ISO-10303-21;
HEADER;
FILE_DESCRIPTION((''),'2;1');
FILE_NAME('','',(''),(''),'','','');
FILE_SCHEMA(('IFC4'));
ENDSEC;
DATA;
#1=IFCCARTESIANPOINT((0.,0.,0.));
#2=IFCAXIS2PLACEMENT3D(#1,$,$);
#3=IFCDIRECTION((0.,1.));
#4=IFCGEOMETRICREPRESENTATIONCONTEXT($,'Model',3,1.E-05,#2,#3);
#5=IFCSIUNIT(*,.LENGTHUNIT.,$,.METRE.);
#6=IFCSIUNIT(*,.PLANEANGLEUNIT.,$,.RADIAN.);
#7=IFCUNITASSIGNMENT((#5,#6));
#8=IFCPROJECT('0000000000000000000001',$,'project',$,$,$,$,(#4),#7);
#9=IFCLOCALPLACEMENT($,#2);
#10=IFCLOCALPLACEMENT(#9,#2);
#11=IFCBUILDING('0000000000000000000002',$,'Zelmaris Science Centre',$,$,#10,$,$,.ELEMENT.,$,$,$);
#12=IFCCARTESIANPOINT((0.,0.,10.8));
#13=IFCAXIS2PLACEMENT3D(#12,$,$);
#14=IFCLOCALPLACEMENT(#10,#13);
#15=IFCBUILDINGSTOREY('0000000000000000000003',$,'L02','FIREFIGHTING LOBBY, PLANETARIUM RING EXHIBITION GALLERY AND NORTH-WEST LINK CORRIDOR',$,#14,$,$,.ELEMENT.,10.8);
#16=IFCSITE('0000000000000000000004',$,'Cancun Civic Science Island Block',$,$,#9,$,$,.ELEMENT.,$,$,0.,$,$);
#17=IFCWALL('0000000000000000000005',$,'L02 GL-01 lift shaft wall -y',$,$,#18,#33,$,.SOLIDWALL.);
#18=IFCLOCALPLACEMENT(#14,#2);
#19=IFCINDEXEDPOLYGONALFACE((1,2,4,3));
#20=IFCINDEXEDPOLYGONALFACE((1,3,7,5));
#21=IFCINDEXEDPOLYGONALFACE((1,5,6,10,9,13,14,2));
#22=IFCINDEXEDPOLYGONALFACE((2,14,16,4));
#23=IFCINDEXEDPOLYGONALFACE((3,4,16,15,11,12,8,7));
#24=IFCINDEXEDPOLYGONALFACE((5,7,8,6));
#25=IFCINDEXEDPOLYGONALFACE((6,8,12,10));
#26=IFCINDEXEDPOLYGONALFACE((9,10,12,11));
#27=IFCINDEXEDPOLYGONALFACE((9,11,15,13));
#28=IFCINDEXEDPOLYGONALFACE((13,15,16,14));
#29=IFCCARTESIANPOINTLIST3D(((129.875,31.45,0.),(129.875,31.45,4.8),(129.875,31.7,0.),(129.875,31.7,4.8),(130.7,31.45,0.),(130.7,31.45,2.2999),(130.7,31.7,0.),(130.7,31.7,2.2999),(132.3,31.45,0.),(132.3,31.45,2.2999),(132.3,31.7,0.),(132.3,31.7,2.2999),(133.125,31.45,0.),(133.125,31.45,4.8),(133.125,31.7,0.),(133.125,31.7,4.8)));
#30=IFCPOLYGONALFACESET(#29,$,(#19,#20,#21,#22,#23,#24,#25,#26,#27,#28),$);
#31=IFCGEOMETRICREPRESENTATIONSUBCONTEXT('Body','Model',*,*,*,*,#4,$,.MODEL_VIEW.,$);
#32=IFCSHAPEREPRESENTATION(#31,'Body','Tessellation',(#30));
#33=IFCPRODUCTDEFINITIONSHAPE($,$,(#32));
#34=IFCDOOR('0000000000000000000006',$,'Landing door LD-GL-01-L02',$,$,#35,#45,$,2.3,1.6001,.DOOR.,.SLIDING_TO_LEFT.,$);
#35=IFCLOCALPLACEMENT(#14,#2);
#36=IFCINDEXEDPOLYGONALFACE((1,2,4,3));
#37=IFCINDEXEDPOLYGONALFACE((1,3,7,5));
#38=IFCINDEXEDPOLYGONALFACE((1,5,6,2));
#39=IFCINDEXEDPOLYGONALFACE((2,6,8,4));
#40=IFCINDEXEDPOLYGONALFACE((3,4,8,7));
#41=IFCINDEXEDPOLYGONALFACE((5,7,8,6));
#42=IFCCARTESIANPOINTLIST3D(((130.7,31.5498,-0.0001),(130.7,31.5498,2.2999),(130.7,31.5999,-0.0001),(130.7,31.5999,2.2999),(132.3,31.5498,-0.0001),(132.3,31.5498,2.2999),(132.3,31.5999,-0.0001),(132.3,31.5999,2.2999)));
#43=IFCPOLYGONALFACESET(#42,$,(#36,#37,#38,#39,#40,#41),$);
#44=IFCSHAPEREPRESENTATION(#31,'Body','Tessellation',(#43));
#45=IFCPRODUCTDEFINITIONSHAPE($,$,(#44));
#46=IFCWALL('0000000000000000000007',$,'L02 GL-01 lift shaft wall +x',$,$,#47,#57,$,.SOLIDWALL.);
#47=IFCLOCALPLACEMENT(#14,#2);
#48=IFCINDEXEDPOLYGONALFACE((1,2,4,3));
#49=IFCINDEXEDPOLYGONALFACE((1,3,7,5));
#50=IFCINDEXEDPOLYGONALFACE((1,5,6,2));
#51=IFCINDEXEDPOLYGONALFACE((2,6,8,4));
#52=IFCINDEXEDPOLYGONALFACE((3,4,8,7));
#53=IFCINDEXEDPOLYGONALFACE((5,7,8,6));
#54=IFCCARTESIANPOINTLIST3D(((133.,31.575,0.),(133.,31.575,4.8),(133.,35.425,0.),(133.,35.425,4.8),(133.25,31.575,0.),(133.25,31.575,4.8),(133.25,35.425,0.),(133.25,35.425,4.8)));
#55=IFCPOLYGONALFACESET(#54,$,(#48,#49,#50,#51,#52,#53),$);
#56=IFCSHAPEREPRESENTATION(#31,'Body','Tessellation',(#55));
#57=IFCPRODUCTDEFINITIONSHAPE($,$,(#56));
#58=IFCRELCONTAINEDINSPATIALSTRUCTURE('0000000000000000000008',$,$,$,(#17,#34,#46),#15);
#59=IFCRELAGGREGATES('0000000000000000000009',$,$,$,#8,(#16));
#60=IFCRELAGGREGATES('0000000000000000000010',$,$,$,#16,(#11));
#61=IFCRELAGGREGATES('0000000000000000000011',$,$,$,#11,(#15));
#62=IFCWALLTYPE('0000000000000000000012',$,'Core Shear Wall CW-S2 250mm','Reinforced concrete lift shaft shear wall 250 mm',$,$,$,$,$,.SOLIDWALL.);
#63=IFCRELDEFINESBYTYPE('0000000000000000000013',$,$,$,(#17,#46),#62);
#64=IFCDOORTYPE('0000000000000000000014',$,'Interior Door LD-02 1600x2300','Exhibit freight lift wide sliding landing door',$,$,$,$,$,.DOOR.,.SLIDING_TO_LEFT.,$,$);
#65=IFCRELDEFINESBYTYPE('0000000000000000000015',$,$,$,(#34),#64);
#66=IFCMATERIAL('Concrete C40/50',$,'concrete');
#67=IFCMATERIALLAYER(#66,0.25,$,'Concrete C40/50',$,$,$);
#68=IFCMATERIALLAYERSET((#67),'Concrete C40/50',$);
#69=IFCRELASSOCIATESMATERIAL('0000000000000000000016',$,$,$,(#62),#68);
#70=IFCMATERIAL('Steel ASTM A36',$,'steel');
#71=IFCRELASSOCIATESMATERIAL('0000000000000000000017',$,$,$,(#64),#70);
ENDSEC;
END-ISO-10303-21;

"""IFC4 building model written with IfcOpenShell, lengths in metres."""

from ifc_helpers import new_model, si_unit, direction, frame, frame_2d, origin, place, context, subcontext, project, spatial, rectangle, extrude, material, layer, layer_set, type_object, element, fill, save


model = new_model("IFC4")

# Units and contexts
model_context = context("Model", 3, precision=1e-05, world=origin(), true_north=direction((0.0, 1.0)))
body_context = subcontext(model_context, "Body", "Model", "MODEL_VIEW")
ifc_project = project(units=[si_unit("LENGTHUNIT", "METRE"), si_unit("PLANEANGLEUNIT", "RADIAN")], contexts=[model_context])

# Site, building, storey
site_placement = place(None, origin())
site = spatial("IfcSite", under=ifc_project, at=site_placement, Name="Cancun Civic Science Island Block", CompositionType="ELEMENT", RefElevation=0.0)
building_placement = place(site_placement, origin())
building = spatial("IfcBuilding", under=site, at=building_placement, Name="Zelmaris Science Centre", CompositionType="ELEMENT")
storey_placement = place(building_placement, frame((0.0, 0.0, 10.8)))
storey = spatial("IfcBuildingStorey", under=building, at=storey_placement, Name="L02", Description="FIREFIGHTING LOBBY, PLANETARIUM RING EXHIBITION GALLERY AND NORTH-WEST LINK CORRIDOR", CompositionType="ELEMENT", Elevation=10.8)

# Shared definitions
ifc_material_1 = material(Name="Concrete C40/50", Category="concrete")
ifc_layer = layer(ifc_material_1, 0.25, Name="Concrete C40/50")
ifc_layer_set = layer_set([ifc_layer], Name="Concrete C40/50")
wall_type = type_object("IfcWallType", Name="Core Shear Wall CW-S2 250mm", Description="Reinforced concrete lift shaft shear wall 250 mm", PredefinedType="SOLIDWALL", material=ifc_layer_set)

# Shared definitions
ifc_material_2 = material(Name="Steel ASTM A36", Category="steel")

# Wall, opening, door
wall_1_placement = place(storey_placement, frame((129.875, 31.575, 0.0), z_axis=(0.0, 0.0, 1.0), x_axis=(1.0, 0.0, 0.0)))
wall_1 = element("IfcWall", 1, at=wall_1_placement, inside=storey, type_object=wall_type, Name="L02 GL-01 lift shaft wall -y", PredefinedType="SOLIDWALL", context=body_context, shape_type="SweptSolid", body=[
    extrude(rectangle(XDim=3.25, YDim=0.25, at=frame_2d((1.625, 0.0))), origin(), (0.0, 0.0, 1.0), 4.8),
])
opening_1_placement = place(wall_1_placement, frame((0.825, 0.0, 0.0)))
opening_1 = element("IfcOpeningElement", 2, at=opening_1_placement, cuts=wall_1, PredefinedType="OPENING", context=body_context, shape_type="SweptSolid", body=[
    extrude(rectangle(XDim=1.6001, YDim=2.3, at=frame_2d((0.8, 1.1499))), frame((0.0, 0.135, 0.0), z_axis=(0.0, -1.0, 0.0), x_axis=(1.0, 0.0, 0.0)), (0.0, 0.0, 1.0), 0.27),
])
door_type_1 = type_object("IfcDoorType", Name="Interior Door LD-02 1600x2300", Description="Exhibit freight lift wide sliding landing door", OperationType="SLIDING_TO_LEFT", PredefinedType="DOOR", material=ifc_material_2)
door_1_placement = place(opening_1_placement, origin())
door_1 = element("IfcDoor", 3, at=door_1_placement, inside=storey, type_object=door_type_1, Name="Landing door LD-GL-01-L02", OperationType="SLIDING_TO_LEFT", OverallHeight=2.3, OverallWidth=1.6001, PredefinedType="DOOR", context=body_context, shape_type="SweptSolid", body=[
    extrude(rectangle(XDim=1.6001, YDim=2.3, at=frame_2d((0.8, 1.1499))), frame((0.0, 0.0249, 0.0), z_axis=(0.0, -1.0, 0.0), x_axis=(1.0, 0.0, 0.0)), (0.0, 0.0, 1.0), 0.05),
])
fill(opening_1, door_1)

# Wall
wall_2_placement = place(storey_placement, frame((133.125, 31.575, 0.0), z_axis=(0.0, 0.0, 1.0), x_axis=(0.0, 1.0, 0.0)))
element("IfcWall", 4, at=wall_2_placement, inside=storey, type_object=wall_type, Name="L02 GL-01 lift shaft wall +x", PredefinedType="SOLIDWALL", context=body_context, shape_type="SweptSolid", body=[
    extrude(rectangle(XDim=3.8501, YDim=0.25, at=frame_2d((1.925, 0.0))), origin(), (0.0, 0.0, 1.0), 4.8),
])

save(model, "model.ifc")
